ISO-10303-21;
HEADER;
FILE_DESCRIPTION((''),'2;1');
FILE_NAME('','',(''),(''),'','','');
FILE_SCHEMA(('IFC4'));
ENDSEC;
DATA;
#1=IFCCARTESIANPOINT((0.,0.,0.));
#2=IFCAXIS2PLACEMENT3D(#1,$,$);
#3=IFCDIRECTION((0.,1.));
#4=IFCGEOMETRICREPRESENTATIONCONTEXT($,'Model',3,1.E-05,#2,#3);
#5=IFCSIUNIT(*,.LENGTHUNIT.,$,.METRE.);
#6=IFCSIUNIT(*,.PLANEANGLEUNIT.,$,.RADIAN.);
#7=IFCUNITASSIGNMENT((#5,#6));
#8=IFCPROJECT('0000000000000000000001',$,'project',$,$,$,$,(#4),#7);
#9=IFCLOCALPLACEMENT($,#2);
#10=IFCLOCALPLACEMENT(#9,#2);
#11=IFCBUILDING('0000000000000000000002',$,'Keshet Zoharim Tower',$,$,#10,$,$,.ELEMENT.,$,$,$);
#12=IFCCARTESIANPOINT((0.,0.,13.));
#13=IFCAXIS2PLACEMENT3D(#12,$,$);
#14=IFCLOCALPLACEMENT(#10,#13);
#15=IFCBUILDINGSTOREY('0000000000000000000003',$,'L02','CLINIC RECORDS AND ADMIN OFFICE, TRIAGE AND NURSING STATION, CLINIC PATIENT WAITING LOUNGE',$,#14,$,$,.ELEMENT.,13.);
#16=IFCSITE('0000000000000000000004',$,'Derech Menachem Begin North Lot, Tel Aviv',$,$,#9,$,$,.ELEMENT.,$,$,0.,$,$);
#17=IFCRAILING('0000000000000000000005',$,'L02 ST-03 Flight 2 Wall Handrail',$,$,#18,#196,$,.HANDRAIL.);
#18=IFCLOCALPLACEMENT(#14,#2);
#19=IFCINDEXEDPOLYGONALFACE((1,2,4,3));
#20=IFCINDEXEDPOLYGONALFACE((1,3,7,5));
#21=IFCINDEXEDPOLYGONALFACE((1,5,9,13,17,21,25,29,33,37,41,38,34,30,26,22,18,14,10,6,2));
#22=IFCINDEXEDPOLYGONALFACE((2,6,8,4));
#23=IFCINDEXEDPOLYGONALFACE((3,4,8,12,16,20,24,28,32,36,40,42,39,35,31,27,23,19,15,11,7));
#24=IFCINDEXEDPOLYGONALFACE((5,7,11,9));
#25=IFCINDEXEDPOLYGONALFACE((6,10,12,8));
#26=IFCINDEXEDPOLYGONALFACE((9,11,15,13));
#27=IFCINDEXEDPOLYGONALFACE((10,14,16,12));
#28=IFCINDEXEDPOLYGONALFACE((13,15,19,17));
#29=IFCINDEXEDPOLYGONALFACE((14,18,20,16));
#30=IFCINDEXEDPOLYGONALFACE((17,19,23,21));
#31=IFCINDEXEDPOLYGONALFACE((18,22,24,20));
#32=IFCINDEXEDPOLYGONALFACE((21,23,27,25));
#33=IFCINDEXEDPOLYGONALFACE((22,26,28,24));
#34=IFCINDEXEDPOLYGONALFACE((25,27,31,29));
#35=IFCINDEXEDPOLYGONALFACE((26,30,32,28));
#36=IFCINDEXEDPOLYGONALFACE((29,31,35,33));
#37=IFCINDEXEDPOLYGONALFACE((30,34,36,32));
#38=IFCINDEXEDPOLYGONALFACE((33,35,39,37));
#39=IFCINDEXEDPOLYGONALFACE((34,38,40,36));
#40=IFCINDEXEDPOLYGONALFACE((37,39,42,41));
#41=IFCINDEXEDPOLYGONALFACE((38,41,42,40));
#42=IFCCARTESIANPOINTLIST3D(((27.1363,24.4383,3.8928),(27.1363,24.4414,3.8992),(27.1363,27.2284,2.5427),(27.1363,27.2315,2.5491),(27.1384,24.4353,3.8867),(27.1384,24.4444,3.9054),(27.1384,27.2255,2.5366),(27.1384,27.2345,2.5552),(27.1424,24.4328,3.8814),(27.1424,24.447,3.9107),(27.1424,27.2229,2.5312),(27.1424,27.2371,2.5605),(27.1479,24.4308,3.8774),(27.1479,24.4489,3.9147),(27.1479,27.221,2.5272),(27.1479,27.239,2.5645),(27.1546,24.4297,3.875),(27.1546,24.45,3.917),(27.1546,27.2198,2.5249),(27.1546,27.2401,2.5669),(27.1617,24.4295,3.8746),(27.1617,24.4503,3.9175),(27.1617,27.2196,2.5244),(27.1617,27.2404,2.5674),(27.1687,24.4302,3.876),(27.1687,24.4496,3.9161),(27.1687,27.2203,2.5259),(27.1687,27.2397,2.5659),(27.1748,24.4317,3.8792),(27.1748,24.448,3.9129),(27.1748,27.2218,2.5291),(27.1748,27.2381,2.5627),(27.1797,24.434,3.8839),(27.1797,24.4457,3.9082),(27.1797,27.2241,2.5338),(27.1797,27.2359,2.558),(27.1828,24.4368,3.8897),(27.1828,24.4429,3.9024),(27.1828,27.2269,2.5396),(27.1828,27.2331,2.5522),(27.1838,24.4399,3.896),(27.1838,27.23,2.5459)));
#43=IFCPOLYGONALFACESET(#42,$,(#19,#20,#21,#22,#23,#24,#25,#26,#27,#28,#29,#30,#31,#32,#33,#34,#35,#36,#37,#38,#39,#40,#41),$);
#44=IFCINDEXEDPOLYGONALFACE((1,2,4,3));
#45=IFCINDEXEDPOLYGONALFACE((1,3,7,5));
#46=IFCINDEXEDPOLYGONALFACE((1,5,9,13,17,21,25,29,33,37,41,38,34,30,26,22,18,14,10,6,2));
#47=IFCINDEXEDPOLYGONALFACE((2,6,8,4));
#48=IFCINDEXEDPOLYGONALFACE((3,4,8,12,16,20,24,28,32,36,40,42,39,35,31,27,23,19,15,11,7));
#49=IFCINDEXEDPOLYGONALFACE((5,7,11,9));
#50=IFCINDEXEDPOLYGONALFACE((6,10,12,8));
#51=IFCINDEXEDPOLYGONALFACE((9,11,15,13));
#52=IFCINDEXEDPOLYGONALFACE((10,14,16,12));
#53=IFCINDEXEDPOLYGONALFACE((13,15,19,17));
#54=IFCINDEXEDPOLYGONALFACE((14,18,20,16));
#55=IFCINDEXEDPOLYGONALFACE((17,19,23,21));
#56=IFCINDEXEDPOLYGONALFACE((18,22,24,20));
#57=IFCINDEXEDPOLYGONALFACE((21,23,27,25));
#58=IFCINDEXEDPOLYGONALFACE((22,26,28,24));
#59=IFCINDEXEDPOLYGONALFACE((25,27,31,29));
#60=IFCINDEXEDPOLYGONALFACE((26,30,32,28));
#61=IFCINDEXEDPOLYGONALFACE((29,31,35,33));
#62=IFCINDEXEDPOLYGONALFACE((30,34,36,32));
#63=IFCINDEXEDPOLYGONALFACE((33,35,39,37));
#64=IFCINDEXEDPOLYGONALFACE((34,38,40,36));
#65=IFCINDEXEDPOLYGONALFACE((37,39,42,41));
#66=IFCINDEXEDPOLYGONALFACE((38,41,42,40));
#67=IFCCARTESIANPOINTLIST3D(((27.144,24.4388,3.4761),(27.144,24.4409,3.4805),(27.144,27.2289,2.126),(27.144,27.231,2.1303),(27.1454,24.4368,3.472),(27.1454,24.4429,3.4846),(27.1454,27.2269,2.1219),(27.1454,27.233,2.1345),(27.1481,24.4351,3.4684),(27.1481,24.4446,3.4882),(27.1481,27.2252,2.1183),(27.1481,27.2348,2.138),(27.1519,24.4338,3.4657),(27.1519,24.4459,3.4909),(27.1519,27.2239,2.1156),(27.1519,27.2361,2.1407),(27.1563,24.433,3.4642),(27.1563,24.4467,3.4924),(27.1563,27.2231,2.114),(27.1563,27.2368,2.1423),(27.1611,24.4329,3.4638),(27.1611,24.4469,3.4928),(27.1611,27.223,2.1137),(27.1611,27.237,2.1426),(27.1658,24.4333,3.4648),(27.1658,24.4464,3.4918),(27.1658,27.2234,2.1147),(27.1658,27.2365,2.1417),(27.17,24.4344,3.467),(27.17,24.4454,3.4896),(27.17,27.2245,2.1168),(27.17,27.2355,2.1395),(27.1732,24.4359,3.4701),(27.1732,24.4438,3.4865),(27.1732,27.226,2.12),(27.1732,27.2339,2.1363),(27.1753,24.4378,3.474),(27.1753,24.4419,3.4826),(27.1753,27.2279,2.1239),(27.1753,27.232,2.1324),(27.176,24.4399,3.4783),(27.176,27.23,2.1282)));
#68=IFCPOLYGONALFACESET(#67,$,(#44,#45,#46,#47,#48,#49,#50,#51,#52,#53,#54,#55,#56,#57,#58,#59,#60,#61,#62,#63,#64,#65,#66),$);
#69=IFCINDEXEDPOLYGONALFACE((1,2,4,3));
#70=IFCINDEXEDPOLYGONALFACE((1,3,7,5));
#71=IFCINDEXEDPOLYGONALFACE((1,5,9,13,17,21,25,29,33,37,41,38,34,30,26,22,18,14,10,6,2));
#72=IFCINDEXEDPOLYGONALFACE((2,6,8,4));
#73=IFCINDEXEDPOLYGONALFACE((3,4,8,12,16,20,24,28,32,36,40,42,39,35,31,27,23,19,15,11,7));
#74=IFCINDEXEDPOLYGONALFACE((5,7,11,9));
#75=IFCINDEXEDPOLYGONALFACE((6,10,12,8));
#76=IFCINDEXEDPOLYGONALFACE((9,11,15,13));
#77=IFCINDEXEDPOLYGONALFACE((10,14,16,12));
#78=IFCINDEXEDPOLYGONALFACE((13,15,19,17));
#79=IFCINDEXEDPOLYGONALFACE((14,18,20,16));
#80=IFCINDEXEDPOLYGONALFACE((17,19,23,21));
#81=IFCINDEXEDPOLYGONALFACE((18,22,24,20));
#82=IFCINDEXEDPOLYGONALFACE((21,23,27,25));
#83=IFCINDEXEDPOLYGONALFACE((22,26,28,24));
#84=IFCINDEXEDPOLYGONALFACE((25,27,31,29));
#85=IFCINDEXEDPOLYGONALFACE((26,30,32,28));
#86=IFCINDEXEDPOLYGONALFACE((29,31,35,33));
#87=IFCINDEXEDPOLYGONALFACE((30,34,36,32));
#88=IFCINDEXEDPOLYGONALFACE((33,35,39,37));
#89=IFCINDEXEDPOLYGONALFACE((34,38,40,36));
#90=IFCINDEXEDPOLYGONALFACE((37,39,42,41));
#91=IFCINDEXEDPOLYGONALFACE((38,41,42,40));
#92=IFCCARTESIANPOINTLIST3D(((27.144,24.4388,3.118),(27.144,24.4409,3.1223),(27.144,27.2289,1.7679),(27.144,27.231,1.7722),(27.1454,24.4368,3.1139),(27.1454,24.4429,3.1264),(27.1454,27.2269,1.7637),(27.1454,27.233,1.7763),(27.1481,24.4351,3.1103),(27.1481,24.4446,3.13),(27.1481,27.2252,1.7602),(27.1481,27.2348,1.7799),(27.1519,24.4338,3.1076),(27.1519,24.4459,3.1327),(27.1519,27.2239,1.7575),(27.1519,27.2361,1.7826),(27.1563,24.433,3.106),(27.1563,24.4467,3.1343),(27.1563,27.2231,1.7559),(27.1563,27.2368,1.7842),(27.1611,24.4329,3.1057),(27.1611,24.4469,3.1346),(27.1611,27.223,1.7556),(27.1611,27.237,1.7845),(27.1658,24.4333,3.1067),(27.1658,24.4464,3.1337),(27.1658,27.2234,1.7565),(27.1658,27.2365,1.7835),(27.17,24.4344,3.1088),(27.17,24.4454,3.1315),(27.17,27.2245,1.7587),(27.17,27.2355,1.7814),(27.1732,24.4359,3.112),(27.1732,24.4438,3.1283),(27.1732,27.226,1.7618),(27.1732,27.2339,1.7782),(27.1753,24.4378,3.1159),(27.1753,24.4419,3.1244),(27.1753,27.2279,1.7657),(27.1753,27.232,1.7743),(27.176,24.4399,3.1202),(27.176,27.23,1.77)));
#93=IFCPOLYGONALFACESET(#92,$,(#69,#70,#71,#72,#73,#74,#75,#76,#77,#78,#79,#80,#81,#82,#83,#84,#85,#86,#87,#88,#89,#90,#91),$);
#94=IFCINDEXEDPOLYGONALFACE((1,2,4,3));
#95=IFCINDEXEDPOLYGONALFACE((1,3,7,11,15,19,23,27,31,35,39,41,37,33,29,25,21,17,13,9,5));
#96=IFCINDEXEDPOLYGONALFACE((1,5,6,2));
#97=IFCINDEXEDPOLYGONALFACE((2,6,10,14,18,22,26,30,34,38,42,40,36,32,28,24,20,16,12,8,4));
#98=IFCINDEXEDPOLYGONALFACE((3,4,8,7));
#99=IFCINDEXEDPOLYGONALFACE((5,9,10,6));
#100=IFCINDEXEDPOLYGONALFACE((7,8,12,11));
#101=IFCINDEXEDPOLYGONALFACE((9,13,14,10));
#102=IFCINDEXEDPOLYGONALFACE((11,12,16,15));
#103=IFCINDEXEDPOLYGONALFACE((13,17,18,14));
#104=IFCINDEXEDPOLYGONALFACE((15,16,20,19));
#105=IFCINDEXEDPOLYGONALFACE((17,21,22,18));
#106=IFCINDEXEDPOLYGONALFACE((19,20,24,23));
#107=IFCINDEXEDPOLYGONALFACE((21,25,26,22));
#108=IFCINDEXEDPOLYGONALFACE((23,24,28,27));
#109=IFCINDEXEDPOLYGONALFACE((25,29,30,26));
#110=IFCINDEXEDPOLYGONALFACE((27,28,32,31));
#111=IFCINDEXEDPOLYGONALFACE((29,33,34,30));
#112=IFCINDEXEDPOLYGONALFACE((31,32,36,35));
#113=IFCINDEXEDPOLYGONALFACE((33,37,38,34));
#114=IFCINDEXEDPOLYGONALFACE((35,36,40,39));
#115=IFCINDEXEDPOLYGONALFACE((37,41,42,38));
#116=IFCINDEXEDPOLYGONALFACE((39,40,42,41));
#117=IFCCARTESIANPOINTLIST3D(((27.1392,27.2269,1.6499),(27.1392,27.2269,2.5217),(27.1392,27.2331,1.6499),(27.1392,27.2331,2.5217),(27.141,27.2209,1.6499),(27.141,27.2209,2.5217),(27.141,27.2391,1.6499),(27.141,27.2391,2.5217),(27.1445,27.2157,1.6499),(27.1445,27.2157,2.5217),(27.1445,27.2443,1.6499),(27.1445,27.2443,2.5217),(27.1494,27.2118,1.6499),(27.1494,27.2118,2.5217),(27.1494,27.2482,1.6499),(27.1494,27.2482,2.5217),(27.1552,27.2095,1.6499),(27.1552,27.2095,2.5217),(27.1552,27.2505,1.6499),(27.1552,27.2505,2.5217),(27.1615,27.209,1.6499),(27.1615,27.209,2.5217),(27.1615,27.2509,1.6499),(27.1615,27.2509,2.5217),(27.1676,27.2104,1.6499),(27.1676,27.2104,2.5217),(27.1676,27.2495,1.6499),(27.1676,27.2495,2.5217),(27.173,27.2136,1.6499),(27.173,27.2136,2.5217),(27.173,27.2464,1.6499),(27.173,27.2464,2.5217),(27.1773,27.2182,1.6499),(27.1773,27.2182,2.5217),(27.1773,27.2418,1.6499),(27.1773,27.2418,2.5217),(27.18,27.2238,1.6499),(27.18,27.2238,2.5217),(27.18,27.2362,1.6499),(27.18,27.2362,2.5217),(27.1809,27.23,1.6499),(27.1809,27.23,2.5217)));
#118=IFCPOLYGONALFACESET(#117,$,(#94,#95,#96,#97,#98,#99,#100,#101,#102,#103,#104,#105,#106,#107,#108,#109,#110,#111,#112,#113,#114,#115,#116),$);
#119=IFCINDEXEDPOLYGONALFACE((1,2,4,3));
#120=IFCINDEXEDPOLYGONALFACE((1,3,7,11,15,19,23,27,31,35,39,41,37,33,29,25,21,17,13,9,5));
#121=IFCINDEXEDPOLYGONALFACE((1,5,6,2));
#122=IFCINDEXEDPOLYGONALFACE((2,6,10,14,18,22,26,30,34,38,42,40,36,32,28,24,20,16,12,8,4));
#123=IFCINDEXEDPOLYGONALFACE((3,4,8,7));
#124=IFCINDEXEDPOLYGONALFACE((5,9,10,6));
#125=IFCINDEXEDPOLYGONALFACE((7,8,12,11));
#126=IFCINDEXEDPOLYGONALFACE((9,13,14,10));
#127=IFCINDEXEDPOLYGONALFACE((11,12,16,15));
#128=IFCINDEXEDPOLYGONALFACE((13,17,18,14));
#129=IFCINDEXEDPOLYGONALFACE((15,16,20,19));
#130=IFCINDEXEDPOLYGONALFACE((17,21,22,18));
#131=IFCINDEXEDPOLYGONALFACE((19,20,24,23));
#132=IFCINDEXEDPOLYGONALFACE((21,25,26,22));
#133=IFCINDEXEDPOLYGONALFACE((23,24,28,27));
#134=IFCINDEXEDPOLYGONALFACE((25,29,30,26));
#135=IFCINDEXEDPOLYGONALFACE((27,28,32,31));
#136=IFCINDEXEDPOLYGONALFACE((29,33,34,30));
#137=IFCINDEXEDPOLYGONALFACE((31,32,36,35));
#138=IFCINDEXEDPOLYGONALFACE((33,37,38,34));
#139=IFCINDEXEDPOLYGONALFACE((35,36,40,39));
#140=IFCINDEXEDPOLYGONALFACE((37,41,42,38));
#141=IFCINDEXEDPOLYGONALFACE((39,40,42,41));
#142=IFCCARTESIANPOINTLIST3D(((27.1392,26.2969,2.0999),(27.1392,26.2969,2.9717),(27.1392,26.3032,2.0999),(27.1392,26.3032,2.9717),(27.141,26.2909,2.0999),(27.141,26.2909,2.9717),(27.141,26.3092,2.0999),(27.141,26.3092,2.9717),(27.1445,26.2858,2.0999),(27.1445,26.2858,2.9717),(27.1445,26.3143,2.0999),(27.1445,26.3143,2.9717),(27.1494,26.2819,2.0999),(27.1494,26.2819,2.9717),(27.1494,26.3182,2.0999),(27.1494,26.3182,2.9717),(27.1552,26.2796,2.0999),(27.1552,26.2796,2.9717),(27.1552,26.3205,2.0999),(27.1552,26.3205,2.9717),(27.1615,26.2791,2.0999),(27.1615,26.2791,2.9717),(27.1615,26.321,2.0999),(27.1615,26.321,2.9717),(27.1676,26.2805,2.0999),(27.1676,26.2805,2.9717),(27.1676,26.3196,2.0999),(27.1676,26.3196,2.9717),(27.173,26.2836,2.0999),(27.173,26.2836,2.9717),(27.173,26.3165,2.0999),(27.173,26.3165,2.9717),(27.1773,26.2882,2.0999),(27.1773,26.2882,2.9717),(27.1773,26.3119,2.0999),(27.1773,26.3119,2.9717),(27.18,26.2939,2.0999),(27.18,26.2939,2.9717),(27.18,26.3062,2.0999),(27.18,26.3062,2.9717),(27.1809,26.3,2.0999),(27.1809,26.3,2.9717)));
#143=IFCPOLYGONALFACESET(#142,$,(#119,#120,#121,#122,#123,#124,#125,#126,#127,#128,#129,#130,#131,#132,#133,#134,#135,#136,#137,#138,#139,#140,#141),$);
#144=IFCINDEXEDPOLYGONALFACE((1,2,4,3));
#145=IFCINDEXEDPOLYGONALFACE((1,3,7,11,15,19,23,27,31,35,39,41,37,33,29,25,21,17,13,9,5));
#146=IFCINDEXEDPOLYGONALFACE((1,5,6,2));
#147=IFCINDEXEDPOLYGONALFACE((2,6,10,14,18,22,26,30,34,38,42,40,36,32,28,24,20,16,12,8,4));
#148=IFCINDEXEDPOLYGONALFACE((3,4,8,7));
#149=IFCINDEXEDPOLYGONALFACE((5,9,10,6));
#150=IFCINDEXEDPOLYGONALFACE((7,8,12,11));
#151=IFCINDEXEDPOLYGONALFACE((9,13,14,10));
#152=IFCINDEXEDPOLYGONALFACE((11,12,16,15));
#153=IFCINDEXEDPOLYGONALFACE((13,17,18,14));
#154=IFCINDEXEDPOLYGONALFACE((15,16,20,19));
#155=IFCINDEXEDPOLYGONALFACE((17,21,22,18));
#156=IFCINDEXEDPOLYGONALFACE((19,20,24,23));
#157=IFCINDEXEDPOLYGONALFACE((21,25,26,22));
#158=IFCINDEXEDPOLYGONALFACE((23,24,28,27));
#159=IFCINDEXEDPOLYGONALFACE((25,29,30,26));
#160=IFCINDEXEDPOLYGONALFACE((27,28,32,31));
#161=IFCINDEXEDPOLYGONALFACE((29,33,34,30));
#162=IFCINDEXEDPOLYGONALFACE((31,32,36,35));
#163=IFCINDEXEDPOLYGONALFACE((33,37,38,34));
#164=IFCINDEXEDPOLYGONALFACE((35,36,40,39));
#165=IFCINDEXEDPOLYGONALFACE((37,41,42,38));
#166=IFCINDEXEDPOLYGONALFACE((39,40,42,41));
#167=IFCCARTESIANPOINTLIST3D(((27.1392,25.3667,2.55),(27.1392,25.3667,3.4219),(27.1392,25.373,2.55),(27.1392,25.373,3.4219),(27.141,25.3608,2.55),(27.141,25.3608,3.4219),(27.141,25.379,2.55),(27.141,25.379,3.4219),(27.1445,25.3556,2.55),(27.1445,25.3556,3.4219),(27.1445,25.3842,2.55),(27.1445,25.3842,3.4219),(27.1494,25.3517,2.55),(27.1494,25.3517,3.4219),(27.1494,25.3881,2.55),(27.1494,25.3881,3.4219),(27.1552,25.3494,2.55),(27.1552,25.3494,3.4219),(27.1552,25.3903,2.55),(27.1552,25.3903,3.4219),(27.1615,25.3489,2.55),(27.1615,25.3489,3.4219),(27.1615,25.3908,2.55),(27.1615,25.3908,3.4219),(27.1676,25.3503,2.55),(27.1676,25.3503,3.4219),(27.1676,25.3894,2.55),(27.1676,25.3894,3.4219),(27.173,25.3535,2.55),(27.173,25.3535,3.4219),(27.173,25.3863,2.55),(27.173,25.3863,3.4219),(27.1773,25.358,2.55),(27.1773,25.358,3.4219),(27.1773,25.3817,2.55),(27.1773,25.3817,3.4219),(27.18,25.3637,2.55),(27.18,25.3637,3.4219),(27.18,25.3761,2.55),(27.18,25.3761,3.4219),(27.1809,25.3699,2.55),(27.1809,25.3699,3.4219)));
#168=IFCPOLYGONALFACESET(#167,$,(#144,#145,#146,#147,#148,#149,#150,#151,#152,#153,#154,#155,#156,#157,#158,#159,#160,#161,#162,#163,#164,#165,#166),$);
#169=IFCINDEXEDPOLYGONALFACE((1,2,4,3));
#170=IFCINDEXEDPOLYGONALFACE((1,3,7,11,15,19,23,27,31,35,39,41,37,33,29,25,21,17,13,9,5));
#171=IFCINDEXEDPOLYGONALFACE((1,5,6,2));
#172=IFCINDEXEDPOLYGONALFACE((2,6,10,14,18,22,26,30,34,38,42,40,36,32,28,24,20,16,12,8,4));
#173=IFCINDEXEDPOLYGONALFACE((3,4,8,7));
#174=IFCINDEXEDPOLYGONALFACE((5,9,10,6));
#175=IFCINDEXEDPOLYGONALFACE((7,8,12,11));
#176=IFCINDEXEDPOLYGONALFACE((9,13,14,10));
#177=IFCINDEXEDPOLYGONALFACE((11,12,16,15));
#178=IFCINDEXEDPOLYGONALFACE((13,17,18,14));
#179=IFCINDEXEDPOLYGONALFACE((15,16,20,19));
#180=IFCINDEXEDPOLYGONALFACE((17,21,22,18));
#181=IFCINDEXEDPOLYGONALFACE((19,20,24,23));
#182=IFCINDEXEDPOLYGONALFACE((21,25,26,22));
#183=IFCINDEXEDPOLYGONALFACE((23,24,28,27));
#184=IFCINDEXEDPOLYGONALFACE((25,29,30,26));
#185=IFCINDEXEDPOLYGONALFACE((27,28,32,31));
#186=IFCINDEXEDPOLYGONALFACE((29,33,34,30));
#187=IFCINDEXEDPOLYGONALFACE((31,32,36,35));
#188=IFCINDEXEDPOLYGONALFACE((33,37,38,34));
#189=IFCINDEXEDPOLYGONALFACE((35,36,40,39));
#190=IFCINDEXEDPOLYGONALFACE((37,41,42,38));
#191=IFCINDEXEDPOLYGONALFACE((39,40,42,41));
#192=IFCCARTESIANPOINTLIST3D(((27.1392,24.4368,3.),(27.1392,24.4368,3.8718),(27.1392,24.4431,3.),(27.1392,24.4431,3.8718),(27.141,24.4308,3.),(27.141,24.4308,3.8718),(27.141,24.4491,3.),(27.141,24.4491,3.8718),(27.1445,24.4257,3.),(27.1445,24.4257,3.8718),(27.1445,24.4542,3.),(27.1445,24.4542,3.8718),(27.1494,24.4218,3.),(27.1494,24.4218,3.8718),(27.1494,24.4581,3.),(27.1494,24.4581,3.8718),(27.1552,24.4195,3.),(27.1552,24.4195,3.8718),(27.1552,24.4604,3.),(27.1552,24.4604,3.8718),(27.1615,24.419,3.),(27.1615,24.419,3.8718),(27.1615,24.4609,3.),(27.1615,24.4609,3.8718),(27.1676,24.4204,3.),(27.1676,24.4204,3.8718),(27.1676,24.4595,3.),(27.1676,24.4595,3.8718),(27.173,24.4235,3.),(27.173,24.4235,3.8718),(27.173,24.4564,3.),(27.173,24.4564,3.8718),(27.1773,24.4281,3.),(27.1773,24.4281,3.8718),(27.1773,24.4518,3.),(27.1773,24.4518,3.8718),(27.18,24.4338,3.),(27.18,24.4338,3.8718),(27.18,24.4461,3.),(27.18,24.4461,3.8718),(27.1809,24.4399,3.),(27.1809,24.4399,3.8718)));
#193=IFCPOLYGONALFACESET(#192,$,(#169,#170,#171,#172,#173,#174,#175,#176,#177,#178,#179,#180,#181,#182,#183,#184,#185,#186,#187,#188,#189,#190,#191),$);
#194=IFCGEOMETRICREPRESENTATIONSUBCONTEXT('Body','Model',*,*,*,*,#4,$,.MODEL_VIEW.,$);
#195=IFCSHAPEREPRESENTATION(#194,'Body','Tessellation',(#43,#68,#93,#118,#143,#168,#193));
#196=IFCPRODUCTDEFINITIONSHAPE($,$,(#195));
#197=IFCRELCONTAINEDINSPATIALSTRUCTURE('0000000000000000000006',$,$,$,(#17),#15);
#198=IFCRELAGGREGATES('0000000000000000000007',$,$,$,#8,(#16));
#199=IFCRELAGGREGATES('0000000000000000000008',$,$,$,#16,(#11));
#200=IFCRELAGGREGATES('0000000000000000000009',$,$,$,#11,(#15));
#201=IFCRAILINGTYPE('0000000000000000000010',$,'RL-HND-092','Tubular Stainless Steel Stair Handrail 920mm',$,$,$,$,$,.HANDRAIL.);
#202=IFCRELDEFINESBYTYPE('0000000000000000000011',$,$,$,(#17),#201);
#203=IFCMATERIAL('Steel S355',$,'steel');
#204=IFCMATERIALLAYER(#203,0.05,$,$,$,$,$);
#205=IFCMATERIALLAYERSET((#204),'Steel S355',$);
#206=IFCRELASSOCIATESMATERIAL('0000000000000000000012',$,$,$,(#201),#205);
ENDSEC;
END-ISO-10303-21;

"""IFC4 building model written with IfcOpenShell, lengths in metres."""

from ifc_helpers import new_model, si_unit, direction, frame, origin, origin_2d, place, context, subcontext, project, spatial, circle, extrude, material, layer, layer_set, type_object, element, save


model = new_model("IFC4")

# Units and contexts
model_context = context("Model", 3, precision=1e-05, world=origin(), true_north=direction((0.0, 1.0)))
body_context = subcontext(model_context, "Body", "Model", "MODEL_VIEW")
ifc_project = project(units=[si_unit("LENGTHUNIT", "METRE"), si_unit("PLANEANGLEUNIT", "RADIAN")], contexts=[model_context])

# Site, building, storey
site_placement = place(None, origin())
site = spatial("IfcSite", under=ifc_project, at=site_placement, Name="Derech Menachem Begin North Lot, Tel Aviv", CompositionType="ELEMENT", RefElevation=0.0)
building_placement = place(site_placement, origin())
building = spatial("IfcBuilding", under=site, at=building_placement, Name="Keshet Zoharim Tower", CompositionType="ELEMENT")
storey_placement = place(building_placement, frame((0.0, 0.0, 13.0)))
storey = spatial("IfcBuildingStorey", under=building, at=storey_placement, Name="L02", Description="CLINIC RECORDS AND ADMIN OFFICE, TRIAGE AND NURSING STATION, CLINIC PATIENT WAITING LOUNGE", CompositionType="ELEMENT", Elevation=13.0)

# Shared definitions
ifc_material_1 = material(Name="Steel S355", Category="steel")

# Railing
ifc_layer_1 = layer(ifc_material_1, 0.05)
ifc_layer_set_1 = layer_set([ifc_layer_1], Name="Steel S355")
railing_type_1 = type_object("IfcRailingType", Name="RL-HND-092", Description="Tubular Stainless Steel Stair Handrail 920mm", PredefinedType="HANDRAIL", material=ifc_layer_set_1)
railing_1_placement = place(storey_placement, frame((27.1599, 27.23, 1.6499)))
element("IfcRailing", 1, at=railing_1_placement, inside=storey, type_object=railing_type_1, Name="L02 ST-03 Flight 2 Wall Handrail", PredefinedType="HANDRAIL", context=body_context, shape_type="SweptSolid", body=[
    extrude(circle(Radius=0.0239, at=origin_2d()), frame((0.0, 0.0, 0.896), z_axis=(0.0, -0.900149, 0.435582), x_axis=(1.0, 0.0, 0.0)), (0.0, 0.0, 1.0), 3.0996),
    extrude(circle(Radius=0.0161, at=origin_2d()), frame((0.0, 0.0, 0.4783), z_axis=(0.0, -0.900149, 0.435582), x_axis=(1.0, 0.0, 0.0)), (0.0, 0.0, 1.0), 3.0996),
    extrude(circle(Radius=0.0161, at=origin_2d()), frame((0.0, 0.0, 0.1201), z_axis=(0.0, -0.900149, 0.435582), x_axis=(1.0, 0.0, 0.0)), (0.0, 0.0, 1.0), 3.0996),
    extrude(circle(Radius=0.021, at=origin_2d()), origin(), (0.0, 0.0, 1.0), 0.8718),
    extrude(circle(Radius=0.021, at=origin_2d()), frame((0.0, -0.9299, 0.45)), (0.0, 0.0, 1.0), 0.8718),
    extrude(circle(Radius=0.021, at=origin_2d()), frame((0.0, -1.8601, 0.9001)), (0.0, 0.0, 1.0), 0.8718),
    extrude(circle(Radius=0.021, at=origin_2d()), frame((0.0, -2.79, 1.3501)), (0.0, 0.0, 1.0), 0.8718),
])

save(model, "model.ifc")
